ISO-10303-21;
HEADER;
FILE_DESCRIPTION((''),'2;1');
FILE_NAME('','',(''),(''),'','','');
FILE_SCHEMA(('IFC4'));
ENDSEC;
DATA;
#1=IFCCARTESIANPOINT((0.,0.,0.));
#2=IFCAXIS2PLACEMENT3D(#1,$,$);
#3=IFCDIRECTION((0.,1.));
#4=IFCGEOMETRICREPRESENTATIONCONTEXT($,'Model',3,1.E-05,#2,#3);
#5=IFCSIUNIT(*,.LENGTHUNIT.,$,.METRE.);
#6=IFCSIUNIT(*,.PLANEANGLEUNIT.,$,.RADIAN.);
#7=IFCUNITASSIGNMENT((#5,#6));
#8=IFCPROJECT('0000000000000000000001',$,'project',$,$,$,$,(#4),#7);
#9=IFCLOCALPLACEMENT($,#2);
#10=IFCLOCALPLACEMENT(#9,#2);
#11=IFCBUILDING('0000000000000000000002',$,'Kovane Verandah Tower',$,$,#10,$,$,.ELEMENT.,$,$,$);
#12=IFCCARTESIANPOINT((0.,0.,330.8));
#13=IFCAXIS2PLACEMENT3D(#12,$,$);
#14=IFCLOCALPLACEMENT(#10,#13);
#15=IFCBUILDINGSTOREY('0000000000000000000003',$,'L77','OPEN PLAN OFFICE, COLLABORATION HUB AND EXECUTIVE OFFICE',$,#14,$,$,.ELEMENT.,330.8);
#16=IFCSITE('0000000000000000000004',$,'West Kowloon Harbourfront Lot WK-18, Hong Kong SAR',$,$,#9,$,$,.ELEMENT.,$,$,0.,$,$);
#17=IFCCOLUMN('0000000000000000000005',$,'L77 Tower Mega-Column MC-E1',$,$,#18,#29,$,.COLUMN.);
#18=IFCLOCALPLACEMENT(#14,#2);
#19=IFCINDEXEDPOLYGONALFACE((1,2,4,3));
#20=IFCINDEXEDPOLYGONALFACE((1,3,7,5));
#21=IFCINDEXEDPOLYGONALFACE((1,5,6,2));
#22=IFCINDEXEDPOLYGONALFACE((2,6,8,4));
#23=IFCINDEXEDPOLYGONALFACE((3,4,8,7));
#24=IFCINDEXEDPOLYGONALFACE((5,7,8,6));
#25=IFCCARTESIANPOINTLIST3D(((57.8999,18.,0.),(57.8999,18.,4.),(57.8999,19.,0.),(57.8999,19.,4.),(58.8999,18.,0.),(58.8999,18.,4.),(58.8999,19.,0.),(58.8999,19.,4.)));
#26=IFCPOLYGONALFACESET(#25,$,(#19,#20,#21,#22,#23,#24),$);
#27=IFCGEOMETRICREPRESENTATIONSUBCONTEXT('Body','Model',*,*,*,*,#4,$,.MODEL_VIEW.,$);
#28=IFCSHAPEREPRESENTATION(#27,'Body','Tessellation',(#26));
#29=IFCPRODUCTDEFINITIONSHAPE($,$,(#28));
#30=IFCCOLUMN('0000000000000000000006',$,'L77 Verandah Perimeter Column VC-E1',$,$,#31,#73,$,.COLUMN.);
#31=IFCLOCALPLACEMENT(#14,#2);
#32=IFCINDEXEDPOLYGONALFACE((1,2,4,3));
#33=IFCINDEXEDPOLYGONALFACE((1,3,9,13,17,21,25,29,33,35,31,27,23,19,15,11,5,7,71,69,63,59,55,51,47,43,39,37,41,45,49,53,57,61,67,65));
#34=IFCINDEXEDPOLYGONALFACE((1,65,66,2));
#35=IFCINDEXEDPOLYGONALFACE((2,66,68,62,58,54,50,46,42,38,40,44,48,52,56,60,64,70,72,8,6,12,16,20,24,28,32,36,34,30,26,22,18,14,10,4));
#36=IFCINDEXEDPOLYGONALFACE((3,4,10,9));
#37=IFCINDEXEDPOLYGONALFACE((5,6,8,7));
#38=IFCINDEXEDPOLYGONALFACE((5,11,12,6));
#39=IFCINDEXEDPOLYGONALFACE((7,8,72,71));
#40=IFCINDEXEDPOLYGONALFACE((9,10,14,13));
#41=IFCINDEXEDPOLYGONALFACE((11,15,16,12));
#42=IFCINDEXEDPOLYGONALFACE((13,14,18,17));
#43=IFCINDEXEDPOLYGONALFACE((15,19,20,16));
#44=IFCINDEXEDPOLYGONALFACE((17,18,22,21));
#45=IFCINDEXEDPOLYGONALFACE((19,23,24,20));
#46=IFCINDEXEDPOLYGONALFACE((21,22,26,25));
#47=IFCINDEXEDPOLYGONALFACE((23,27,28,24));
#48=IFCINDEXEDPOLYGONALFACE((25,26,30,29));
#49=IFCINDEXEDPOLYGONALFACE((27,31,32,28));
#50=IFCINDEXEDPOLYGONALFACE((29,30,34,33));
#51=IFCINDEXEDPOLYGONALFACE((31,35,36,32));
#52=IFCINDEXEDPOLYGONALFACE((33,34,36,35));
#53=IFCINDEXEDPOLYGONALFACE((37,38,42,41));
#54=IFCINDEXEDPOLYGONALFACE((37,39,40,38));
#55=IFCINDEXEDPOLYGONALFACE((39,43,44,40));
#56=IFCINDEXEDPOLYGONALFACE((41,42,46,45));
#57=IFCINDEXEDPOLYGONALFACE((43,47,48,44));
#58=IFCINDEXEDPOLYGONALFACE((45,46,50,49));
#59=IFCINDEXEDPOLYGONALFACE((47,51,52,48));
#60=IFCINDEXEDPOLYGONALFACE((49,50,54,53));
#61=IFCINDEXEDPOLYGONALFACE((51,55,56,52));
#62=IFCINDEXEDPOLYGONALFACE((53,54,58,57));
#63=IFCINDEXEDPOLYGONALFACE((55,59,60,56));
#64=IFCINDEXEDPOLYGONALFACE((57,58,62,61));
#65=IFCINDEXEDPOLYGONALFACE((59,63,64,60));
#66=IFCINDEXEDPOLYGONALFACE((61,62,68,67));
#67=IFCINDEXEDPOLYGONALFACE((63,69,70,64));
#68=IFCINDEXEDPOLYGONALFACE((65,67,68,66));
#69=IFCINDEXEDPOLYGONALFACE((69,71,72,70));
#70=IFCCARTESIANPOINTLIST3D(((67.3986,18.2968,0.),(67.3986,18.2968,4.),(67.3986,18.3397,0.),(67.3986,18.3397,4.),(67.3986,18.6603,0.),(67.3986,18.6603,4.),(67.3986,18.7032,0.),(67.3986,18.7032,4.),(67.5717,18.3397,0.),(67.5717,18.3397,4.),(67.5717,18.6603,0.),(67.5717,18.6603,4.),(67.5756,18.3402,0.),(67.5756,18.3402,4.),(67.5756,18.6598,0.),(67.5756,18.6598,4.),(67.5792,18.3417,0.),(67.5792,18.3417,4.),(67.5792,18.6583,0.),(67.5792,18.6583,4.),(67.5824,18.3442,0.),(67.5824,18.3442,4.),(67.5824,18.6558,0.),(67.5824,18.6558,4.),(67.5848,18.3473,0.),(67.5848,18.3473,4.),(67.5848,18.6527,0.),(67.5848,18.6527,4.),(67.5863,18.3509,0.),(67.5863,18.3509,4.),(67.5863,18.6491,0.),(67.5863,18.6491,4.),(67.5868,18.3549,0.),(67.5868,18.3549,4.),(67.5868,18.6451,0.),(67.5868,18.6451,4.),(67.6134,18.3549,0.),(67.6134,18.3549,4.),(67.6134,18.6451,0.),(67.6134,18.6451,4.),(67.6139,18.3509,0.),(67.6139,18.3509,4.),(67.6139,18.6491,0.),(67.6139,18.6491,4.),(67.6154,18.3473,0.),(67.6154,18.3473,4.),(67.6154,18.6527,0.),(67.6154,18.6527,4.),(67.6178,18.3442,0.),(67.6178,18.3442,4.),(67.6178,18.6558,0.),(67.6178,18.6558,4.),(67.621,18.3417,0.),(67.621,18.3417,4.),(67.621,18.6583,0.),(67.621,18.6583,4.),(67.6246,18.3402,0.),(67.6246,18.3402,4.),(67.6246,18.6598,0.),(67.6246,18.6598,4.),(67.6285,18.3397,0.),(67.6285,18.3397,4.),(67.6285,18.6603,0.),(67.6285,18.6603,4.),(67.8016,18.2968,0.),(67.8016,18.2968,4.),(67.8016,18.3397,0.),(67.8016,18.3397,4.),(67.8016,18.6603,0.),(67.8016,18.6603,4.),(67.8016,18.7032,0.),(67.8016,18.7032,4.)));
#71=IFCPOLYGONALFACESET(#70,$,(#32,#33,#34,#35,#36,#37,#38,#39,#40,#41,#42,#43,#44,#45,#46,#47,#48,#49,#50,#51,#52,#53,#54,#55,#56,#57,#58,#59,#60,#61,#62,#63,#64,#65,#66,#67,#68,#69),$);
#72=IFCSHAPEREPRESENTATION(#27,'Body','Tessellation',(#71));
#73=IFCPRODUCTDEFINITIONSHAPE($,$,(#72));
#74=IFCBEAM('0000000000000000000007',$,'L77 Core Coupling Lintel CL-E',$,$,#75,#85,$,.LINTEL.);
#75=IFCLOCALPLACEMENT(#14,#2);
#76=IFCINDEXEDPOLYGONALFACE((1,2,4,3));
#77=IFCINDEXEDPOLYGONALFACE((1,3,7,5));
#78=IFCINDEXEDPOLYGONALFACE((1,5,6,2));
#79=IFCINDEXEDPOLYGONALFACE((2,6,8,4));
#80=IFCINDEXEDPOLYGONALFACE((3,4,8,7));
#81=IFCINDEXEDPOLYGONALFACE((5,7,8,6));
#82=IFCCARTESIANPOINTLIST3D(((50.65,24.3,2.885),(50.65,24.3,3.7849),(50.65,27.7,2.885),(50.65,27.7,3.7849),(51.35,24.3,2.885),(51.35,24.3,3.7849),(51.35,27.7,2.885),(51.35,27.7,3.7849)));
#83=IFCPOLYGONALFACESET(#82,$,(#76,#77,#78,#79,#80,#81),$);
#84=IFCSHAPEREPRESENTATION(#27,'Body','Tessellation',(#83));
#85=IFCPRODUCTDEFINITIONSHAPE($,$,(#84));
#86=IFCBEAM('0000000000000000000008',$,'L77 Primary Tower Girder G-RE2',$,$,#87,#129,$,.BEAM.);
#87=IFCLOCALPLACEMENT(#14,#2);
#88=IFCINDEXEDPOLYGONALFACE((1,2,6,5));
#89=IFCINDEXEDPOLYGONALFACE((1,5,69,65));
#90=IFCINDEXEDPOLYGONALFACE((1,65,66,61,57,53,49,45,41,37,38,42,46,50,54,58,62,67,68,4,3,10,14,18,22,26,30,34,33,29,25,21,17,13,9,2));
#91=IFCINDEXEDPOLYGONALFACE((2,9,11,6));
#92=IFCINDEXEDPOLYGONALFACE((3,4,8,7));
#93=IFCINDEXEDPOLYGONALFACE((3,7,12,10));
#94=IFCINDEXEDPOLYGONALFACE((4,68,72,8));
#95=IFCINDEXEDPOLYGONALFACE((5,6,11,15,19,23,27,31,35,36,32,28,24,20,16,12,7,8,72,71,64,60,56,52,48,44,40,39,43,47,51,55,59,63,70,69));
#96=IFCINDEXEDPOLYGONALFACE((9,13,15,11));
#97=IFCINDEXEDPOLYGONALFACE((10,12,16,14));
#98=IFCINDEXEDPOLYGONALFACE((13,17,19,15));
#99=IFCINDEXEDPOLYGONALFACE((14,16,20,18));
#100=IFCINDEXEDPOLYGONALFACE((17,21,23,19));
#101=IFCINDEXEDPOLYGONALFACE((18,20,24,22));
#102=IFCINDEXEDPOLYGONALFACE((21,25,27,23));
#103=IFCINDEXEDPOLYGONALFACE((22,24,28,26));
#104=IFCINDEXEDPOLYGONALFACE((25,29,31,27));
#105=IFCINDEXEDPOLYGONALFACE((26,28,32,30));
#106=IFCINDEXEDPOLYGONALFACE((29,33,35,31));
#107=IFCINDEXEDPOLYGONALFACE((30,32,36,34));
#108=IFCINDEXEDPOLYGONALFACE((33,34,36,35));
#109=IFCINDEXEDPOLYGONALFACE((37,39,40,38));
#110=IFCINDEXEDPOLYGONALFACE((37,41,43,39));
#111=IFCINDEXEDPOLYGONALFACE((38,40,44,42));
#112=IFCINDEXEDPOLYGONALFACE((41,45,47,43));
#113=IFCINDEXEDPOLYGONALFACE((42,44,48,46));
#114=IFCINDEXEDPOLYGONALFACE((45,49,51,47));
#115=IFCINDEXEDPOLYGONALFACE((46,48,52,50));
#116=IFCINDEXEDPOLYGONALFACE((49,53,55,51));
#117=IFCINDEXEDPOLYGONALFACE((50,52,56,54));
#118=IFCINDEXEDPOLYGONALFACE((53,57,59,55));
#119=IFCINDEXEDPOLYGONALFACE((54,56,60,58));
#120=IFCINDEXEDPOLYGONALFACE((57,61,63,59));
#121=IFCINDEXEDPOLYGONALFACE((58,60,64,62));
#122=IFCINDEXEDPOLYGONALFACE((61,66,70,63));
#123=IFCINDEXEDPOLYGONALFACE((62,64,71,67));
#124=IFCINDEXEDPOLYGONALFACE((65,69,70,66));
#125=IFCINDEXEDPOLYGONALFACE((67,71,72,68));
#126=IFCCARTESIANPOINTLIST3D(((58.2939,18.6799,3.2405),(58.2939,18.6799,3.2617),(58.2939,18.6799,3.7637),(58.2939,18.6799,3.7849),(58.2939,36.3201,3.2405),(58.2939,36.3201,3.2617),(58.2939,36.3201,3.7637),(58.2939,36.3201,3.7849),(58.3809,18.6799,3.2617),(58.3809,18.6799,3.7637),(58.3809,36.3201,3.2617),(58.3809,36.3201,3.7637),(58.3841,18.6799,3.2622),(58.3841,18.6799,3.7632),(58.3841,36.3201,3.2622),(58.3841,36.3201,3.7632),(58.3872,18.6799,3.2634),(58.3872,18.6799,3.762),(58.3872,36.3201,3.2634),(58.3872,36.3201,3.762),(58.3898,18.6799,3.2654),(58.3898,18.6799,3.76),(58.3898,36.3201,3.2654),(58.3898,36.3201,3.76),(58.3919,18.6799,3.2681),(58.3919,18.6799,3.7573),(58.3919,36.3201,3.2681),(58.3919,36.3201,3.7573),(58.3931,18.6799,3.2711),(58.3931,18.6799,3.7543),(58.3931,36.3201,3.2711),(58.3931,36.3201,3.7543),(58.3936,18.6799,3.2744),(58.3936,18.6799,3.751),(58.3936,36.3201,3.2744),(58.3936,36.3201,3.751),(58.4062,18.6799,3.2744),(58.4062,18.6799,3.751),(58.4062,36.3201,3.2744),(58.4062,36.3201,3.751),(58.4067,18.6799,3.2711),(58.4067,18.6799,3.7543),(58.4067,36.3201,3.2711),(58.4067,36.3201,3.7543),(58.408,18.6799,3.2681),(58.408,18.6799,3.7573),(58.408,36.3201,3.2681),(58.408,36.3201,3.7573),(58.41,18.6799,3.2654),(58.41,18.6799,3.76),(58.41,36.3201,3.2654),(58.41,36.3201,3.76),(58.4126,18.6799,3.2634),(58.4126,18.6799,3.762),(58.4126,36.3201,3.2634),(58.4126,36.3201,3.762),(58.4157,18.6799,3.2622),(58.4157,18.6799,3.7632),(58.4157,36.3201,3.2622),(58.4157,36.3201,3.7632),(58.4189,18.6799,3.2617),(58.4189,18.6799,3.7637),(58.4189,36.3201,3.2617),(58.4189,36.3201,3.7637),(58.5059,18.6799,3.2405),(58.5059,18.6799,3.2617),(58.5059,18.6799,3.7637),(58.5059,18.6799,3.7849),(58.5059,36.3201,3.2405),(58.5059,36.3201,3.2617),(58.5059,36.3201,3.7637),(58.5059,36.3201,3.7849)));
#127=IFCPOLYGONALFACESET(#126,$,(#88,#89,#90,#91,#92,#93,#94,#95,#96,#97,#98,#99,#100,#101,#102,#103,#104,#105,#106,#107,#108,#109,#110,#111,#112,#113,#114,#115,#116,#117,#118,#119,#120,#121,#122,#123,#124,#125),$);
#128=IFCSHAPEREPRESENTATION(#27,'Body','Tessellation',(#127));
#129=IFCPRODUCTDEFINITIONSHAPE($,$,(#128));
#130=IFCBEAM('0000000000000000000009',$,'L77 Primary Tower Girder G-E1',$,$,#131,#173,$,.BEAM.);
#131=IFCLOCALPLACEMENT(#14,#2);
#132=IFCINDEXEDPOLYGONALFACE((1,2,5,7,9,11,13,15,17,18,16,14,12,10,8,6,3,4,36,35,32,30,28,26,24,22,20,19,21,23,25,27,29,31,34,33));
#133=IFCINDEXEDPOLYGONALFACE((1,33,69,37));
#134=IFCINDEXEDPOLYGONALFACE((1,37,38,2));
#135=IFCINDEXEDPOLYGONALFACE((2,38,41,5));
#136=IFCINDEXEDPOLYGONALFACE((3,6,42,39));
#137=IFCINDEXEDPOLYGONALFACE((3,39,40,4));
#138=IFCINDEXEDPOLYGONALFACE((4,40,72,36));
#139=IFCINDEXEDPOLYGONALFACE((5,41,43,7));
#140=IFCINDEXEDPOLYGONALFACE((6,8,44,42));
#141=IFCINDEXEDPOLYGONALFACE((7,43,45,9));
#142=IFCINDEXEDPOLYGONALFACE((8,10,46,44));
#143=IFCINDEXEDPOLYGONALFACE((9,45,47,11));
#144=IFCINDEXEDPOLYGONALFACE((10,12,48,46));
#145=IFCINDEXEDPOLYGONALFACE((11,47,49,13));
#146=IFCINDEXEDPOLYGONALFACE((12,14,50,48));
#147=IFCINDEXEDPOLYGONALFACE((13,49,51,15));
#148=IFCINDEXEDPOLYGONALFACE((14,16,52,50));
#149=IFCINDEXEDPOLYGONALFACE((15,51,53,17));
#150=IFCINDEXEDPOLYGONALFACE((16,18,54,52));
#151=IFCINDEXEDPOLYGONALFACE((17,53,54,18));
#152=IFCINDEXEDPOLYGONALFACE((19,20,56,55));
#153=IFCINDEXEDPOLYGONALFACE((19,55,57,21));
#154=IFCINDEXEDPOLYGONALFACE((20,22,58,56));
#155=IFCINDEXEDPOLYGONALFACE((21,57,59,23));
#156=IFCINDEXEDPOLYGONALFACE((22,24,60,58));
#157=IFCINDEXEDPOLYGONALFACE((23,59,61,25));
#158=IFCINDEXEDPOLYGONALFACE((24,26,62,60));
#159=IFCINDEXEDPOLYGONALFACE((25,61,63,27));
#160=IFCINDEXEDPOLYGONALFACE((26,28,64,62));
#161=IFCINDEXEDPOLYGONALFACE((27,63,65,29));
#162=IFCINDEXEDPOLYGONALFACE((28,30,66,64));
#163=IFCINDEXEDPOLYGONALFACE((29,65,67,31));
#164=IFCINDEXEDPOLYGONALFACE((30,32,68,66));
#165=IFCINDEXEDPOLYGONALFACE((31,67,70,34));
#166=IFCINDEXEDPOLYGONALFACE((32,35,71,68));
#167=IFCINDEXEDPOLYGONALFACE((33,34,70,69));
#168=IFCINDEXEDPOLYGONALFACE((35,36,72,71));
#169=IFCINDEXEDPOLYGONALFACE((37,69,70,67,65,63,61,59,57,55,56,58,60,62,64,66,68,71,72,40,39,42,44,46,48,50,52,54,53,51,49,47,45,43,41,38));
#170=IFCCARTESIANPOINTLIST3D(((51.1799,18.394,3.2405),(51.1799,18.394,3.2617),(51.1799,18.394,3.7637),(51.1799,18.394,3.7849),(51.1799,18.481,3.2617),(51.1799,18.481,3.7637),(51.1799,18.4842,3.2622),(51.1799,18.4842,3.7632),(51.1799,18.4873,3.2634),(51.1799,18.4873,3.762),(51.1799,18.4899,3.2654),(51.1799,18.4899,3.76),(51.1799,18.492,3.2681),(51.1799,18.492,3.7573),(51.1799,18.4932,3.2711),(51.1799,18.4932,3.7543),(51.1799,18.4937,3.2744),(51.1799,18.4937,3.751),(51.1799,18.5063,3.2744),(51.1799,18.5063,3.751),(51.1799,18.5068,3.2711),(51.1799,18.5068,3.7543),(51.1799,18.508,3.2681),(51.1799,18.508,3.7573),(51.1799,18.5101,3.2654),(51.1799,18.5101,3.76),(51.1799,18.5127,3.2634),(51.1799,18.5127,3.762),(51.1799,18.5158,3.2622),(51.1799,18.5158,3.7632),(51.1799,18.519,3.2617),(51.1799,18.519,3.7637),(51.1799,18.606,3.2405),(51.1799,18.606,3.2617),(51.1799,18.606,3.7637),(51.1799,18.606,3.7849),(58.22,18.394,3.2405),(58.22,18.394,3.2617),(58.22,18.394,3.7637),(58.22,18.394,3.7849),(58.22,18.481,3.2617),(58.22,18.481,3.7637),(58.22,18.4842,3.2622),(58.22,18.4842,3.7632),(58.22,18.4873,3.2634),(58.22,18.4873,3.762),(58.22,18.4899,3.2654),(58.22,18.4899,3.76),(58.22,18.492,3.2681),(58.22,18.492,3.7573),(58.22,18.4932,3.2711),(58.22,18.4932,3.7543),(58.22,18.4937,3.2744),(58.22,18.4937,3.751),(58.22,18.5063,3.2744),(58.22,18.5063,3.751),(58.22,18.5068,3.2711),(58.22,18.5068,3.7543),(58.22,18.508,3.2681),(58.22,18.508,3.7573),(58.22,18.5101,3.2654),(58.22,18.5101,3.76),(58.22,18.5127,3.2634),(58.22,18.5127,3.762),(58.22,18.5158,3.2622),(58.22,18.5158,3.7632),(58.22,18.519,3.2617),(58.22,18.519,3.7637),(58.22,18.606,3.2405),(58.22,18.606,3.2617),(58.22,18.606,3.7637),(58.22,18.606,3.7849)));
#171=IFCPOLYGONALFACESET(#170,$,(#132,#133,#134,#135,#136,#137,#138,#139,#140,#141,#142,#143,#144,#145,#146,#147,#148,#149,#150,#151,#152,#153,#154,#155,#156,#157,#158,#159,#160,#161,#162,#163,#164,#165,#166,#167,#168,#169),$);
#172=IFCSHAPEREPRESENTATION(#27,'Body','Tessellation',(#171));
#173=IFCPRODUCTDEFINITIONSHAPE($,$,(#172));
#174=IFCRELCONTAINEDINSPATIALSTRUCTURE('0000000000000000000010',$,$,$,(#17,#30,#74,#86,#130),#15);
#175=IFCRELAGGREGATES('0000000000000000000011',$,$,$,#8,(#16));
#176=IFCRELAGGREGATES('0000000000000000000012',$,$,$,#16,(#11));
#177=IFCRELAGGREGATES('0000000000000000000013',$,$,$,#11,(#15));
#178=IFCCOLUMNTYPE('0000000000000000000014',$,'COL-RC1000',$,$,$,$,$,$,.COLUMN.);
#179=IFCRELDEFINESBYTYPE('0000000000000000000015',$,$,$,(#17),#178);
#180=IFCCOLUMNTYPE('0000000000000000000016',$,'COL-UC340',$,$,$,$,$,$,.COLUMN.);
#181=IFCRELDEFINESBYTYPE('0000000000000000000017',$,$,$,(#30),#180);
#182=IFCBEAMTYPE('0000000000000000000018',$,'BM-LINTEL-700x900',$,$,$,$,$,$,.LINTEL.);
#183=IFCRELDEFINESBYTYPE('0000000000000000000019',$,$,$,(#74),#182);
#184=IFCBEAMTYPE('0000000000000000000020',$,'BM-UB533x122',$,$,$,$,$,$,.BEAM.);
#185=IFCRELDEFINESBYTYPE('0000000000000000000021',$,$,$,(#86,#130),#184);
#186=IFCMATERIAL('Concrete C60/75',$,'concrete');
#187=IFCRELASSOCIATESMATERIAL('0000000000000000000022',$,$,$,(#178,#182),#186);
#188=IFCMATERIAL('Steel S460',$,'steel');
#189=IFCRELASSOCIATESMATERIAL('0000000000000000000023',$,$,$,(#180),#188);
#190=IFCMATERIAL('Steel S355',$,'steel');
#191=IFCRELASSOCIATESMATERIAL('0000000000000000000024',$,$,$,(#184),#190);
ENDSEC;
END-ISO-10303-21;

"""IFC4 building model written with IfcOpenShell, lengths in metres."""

from ifc_helpers import new_model, si_unit, direction, frame, origin, origin_2d, place, context, subcontext, project, spatial, rectangle, i_section, extrude, material, material_profile, profile_set, type_object, element, save


model = new_model("IFC4")

# Units and contexts
model_context = context("Model", 3, precision=1e-05, world=origin(), true_north=direction((0.0, 1.0)))
body_context = subcontext(model_context, "Body", "Model", "MODEL_VIEW")
ifc_project = project(units=[si_unit("LENGTHUNIT", "METRE"), si_unit("PLANEANGLEUNIT", "RADIAN")], contexts=[model_context])

# Site, building, storey
site_placement = place(None, origin())
site = spatial("IfcSite", under=ifc_project, at=site_placement, Name="West Kowloon Harbourfront Lot WK-18, Hong Kong SAR", CompositionType="ELEMENT", RefElevation=0.0)
building_placement = place(site_placement, origin())
building = spatial("IfcBuilding", under=site, at=building_placement, Name="Kovane Verandah Tower", CompositionType="ELEMENT")
storey_placement = place(building_placement, frame((0.0, 0.0, 330.8)))
storey = spatial("IfcBuildingStorey", under=building, at=storey_placement, Name="L77", Description="OPEN PLAN OFFICE, COLLABORATION HUB AND EXECUTIVE OFFICE", CompositionType="ELEMENT", Elevation=330.8)

# Columns
ifc_material_1 = material(Name="Concrete C60/75", Category="concrete")
ifc_material_profile_1 = material_profile(ifc_material_1, rectangle(XDim=1.0, YDim=1.0, at=origin_2d()), Name="RC1000x1000")
ifc_profile_set_1 = profile_set([ifc_material_profile_1], Name="Concrete C60/75")
column_type_1 = type_object("IfcColumnType", Name="COL-RC1000", PredefinedType="COLUMN", material=ifc_profile_set_1)
column_1_placement = place(storey_placement, frame((58.3999, 18.5, 0.0), z_axis=(0.0, 0.0, 1.0), x_axis=(1.0, 0.0, 0.0)))
element("IfcColumn", 1, at=column_1_placement, inside=storey, type_object=column_type_1, Name="L77 Tower Mega-Column MC-E1", PredefinedType="COLUMN", context=body_context, shape_type="SweptSolid", body=[
    extrude(rectangle(XDim=1.0, YDim=1.0, at=origin_2d()), origin(), (0.0, 0.0, 1.0), 4.0),
])
ifc_material_2 = material(Name="Steel S460", Category="steel")
ifc_material_profile_2 = material_profile(ifc_material_2, i_section(OverallWidth=0.4031, OverallDepth=0.4065, WebThickness=0.0266, FlangeThickness=0.043, FilletRadius=0.0151, at=origin_2d()), Name="UC356x406x340")
ifc_profile_set_2 = profile_set([ifc_material_profile_2], Name="Steel S460")
column_type_2 = type_object("IfcColumnType", Name="COL-UC340", PredefinedType="COLUMN", material=ifc_profile_set_2)
column_2_placement = place(storey_placement, frame((67.6001, 18.5, 0.0), z_axis=(0.0, 0.0, 1.0), x_axis=(1.0, 0.0, 0.0)))
element("IfcColumn", 2, at=column_2_placement, inside=storey, type_object=column_type_2, Name="L77 Verandah Perimeter Column VC-E1", PredefinedType="COLUMN", context=body_context, shape_type="SweptSolid", body=[
    extrude(i_section(OverallWidth=0.4031, OverallDepth=0.4065, WebThickness=0.0266, FlangeThickness=0.043, FilletRadius=0.0151, at=origin_2d()), origin(), (0.0, 0.0, 1.0), 4.0),
])

# Beams
ifc_material_profile_3 = material_profile(ifc_material_1, rectangle(XDim=0.7, YDim=0.8999, at=origin_2d()), Name="RCB700x900")
ifc_profile_set_3 = profile_set([ifc_material_profile_3], Name="Concrete C60/75")
beam_type_1 = type_object("IfcBeamType", Name="BM-LINTEL-700x900", PredefinedType="LINTEL", material=ifc_profile_set_3)
beam_1_placement = place(storey_placement, frame((51.0, 24.3, 3.335), z_axis=(0.0, 1.0, 0.0), x_axis=(-1.0, 0.0, 0.0)))
element("IfcBeam", 3, at=beam_1_placement, inside=storey, type_object=beam_type_1, Name="L77 Core Coupling Lintel CL-E", PredefinedType="LINTEL", context=body_context, shape_type="SweptSolid", body=[
    extrude(rectangle(XDim=0.7, YDim=0.8999, at=origin_2d()), origin(), (0.0, 0.0, 1.0), 3.3999),
])
ifc_material_3 = material(Name="Steel S355", Category="steel")
ifc_material_profile_4 = material_profile(ifc_material_3, i_section(OverallWidth=0.2119, OverallDepth=0.5444, WebThickness=0.0127, FlangeThickness=0.0212, FilletRadius=0.0127, at=origin_2d()), Name="UB533x210x122")
ifc_profile_set_4 = profile_set([ifc_material_profile_4], Name="Steel S355")
beam_type_2 = type_object("IfcBeamType", Name="BM-UB533x122", PredefinedType="BEAM", material=ifc_profile_set_4)
beam_2_placement = place(storey_placement, frame((58.3999, 18.6799, 3.5127), z_axis=(0.0, 1.0, 0.0), x_axis=(-1.0, 0.0, 0.0)))
element("IfcBeam", 4, at=beam_2_placement, inside=storey, type_object=beam_type_2, Name="L77 Primary Tower Girder G-RE2", PredefinedType="BEAM", context=body_context, shape_type="SweptSolid", body=[
    extrude(i_section(OverallWidth=0.2119, OverallDepth=0.5444, WebThickness=0.0127, FlangeThickness=0.0212, FilletRadius=0.0127, at=origin_2d()), origin(), (0.0, 0.0, 1.0), 17.6401),
])
beam_3_placement = place(storey_placement, frame((51.1799, 18.5, 3.5127), z_axis=(1.0, 0.0, 0.0), x_axis=(0.0, 1.0, 0.0)))
element("IfcBeam", 5, at=beam_3_placement, inside=storey, type_object=beam_type_2, Name="L77 Primary Tower Girder G-E1", PredefinedType="BEAM", context=body_context, shape_type="SweptSolid", body=[
    extrude(i_section(OverallWidth=0.2119, OverallDepth=0.5444, WebThickness=0.0127, FlangeThickness=0.0212, FilletRadius=0.0127, at=origin_2d()), origin(), (0.0, 0.0, 1.0), 7.04),
])

save(model, "model.ifc")
